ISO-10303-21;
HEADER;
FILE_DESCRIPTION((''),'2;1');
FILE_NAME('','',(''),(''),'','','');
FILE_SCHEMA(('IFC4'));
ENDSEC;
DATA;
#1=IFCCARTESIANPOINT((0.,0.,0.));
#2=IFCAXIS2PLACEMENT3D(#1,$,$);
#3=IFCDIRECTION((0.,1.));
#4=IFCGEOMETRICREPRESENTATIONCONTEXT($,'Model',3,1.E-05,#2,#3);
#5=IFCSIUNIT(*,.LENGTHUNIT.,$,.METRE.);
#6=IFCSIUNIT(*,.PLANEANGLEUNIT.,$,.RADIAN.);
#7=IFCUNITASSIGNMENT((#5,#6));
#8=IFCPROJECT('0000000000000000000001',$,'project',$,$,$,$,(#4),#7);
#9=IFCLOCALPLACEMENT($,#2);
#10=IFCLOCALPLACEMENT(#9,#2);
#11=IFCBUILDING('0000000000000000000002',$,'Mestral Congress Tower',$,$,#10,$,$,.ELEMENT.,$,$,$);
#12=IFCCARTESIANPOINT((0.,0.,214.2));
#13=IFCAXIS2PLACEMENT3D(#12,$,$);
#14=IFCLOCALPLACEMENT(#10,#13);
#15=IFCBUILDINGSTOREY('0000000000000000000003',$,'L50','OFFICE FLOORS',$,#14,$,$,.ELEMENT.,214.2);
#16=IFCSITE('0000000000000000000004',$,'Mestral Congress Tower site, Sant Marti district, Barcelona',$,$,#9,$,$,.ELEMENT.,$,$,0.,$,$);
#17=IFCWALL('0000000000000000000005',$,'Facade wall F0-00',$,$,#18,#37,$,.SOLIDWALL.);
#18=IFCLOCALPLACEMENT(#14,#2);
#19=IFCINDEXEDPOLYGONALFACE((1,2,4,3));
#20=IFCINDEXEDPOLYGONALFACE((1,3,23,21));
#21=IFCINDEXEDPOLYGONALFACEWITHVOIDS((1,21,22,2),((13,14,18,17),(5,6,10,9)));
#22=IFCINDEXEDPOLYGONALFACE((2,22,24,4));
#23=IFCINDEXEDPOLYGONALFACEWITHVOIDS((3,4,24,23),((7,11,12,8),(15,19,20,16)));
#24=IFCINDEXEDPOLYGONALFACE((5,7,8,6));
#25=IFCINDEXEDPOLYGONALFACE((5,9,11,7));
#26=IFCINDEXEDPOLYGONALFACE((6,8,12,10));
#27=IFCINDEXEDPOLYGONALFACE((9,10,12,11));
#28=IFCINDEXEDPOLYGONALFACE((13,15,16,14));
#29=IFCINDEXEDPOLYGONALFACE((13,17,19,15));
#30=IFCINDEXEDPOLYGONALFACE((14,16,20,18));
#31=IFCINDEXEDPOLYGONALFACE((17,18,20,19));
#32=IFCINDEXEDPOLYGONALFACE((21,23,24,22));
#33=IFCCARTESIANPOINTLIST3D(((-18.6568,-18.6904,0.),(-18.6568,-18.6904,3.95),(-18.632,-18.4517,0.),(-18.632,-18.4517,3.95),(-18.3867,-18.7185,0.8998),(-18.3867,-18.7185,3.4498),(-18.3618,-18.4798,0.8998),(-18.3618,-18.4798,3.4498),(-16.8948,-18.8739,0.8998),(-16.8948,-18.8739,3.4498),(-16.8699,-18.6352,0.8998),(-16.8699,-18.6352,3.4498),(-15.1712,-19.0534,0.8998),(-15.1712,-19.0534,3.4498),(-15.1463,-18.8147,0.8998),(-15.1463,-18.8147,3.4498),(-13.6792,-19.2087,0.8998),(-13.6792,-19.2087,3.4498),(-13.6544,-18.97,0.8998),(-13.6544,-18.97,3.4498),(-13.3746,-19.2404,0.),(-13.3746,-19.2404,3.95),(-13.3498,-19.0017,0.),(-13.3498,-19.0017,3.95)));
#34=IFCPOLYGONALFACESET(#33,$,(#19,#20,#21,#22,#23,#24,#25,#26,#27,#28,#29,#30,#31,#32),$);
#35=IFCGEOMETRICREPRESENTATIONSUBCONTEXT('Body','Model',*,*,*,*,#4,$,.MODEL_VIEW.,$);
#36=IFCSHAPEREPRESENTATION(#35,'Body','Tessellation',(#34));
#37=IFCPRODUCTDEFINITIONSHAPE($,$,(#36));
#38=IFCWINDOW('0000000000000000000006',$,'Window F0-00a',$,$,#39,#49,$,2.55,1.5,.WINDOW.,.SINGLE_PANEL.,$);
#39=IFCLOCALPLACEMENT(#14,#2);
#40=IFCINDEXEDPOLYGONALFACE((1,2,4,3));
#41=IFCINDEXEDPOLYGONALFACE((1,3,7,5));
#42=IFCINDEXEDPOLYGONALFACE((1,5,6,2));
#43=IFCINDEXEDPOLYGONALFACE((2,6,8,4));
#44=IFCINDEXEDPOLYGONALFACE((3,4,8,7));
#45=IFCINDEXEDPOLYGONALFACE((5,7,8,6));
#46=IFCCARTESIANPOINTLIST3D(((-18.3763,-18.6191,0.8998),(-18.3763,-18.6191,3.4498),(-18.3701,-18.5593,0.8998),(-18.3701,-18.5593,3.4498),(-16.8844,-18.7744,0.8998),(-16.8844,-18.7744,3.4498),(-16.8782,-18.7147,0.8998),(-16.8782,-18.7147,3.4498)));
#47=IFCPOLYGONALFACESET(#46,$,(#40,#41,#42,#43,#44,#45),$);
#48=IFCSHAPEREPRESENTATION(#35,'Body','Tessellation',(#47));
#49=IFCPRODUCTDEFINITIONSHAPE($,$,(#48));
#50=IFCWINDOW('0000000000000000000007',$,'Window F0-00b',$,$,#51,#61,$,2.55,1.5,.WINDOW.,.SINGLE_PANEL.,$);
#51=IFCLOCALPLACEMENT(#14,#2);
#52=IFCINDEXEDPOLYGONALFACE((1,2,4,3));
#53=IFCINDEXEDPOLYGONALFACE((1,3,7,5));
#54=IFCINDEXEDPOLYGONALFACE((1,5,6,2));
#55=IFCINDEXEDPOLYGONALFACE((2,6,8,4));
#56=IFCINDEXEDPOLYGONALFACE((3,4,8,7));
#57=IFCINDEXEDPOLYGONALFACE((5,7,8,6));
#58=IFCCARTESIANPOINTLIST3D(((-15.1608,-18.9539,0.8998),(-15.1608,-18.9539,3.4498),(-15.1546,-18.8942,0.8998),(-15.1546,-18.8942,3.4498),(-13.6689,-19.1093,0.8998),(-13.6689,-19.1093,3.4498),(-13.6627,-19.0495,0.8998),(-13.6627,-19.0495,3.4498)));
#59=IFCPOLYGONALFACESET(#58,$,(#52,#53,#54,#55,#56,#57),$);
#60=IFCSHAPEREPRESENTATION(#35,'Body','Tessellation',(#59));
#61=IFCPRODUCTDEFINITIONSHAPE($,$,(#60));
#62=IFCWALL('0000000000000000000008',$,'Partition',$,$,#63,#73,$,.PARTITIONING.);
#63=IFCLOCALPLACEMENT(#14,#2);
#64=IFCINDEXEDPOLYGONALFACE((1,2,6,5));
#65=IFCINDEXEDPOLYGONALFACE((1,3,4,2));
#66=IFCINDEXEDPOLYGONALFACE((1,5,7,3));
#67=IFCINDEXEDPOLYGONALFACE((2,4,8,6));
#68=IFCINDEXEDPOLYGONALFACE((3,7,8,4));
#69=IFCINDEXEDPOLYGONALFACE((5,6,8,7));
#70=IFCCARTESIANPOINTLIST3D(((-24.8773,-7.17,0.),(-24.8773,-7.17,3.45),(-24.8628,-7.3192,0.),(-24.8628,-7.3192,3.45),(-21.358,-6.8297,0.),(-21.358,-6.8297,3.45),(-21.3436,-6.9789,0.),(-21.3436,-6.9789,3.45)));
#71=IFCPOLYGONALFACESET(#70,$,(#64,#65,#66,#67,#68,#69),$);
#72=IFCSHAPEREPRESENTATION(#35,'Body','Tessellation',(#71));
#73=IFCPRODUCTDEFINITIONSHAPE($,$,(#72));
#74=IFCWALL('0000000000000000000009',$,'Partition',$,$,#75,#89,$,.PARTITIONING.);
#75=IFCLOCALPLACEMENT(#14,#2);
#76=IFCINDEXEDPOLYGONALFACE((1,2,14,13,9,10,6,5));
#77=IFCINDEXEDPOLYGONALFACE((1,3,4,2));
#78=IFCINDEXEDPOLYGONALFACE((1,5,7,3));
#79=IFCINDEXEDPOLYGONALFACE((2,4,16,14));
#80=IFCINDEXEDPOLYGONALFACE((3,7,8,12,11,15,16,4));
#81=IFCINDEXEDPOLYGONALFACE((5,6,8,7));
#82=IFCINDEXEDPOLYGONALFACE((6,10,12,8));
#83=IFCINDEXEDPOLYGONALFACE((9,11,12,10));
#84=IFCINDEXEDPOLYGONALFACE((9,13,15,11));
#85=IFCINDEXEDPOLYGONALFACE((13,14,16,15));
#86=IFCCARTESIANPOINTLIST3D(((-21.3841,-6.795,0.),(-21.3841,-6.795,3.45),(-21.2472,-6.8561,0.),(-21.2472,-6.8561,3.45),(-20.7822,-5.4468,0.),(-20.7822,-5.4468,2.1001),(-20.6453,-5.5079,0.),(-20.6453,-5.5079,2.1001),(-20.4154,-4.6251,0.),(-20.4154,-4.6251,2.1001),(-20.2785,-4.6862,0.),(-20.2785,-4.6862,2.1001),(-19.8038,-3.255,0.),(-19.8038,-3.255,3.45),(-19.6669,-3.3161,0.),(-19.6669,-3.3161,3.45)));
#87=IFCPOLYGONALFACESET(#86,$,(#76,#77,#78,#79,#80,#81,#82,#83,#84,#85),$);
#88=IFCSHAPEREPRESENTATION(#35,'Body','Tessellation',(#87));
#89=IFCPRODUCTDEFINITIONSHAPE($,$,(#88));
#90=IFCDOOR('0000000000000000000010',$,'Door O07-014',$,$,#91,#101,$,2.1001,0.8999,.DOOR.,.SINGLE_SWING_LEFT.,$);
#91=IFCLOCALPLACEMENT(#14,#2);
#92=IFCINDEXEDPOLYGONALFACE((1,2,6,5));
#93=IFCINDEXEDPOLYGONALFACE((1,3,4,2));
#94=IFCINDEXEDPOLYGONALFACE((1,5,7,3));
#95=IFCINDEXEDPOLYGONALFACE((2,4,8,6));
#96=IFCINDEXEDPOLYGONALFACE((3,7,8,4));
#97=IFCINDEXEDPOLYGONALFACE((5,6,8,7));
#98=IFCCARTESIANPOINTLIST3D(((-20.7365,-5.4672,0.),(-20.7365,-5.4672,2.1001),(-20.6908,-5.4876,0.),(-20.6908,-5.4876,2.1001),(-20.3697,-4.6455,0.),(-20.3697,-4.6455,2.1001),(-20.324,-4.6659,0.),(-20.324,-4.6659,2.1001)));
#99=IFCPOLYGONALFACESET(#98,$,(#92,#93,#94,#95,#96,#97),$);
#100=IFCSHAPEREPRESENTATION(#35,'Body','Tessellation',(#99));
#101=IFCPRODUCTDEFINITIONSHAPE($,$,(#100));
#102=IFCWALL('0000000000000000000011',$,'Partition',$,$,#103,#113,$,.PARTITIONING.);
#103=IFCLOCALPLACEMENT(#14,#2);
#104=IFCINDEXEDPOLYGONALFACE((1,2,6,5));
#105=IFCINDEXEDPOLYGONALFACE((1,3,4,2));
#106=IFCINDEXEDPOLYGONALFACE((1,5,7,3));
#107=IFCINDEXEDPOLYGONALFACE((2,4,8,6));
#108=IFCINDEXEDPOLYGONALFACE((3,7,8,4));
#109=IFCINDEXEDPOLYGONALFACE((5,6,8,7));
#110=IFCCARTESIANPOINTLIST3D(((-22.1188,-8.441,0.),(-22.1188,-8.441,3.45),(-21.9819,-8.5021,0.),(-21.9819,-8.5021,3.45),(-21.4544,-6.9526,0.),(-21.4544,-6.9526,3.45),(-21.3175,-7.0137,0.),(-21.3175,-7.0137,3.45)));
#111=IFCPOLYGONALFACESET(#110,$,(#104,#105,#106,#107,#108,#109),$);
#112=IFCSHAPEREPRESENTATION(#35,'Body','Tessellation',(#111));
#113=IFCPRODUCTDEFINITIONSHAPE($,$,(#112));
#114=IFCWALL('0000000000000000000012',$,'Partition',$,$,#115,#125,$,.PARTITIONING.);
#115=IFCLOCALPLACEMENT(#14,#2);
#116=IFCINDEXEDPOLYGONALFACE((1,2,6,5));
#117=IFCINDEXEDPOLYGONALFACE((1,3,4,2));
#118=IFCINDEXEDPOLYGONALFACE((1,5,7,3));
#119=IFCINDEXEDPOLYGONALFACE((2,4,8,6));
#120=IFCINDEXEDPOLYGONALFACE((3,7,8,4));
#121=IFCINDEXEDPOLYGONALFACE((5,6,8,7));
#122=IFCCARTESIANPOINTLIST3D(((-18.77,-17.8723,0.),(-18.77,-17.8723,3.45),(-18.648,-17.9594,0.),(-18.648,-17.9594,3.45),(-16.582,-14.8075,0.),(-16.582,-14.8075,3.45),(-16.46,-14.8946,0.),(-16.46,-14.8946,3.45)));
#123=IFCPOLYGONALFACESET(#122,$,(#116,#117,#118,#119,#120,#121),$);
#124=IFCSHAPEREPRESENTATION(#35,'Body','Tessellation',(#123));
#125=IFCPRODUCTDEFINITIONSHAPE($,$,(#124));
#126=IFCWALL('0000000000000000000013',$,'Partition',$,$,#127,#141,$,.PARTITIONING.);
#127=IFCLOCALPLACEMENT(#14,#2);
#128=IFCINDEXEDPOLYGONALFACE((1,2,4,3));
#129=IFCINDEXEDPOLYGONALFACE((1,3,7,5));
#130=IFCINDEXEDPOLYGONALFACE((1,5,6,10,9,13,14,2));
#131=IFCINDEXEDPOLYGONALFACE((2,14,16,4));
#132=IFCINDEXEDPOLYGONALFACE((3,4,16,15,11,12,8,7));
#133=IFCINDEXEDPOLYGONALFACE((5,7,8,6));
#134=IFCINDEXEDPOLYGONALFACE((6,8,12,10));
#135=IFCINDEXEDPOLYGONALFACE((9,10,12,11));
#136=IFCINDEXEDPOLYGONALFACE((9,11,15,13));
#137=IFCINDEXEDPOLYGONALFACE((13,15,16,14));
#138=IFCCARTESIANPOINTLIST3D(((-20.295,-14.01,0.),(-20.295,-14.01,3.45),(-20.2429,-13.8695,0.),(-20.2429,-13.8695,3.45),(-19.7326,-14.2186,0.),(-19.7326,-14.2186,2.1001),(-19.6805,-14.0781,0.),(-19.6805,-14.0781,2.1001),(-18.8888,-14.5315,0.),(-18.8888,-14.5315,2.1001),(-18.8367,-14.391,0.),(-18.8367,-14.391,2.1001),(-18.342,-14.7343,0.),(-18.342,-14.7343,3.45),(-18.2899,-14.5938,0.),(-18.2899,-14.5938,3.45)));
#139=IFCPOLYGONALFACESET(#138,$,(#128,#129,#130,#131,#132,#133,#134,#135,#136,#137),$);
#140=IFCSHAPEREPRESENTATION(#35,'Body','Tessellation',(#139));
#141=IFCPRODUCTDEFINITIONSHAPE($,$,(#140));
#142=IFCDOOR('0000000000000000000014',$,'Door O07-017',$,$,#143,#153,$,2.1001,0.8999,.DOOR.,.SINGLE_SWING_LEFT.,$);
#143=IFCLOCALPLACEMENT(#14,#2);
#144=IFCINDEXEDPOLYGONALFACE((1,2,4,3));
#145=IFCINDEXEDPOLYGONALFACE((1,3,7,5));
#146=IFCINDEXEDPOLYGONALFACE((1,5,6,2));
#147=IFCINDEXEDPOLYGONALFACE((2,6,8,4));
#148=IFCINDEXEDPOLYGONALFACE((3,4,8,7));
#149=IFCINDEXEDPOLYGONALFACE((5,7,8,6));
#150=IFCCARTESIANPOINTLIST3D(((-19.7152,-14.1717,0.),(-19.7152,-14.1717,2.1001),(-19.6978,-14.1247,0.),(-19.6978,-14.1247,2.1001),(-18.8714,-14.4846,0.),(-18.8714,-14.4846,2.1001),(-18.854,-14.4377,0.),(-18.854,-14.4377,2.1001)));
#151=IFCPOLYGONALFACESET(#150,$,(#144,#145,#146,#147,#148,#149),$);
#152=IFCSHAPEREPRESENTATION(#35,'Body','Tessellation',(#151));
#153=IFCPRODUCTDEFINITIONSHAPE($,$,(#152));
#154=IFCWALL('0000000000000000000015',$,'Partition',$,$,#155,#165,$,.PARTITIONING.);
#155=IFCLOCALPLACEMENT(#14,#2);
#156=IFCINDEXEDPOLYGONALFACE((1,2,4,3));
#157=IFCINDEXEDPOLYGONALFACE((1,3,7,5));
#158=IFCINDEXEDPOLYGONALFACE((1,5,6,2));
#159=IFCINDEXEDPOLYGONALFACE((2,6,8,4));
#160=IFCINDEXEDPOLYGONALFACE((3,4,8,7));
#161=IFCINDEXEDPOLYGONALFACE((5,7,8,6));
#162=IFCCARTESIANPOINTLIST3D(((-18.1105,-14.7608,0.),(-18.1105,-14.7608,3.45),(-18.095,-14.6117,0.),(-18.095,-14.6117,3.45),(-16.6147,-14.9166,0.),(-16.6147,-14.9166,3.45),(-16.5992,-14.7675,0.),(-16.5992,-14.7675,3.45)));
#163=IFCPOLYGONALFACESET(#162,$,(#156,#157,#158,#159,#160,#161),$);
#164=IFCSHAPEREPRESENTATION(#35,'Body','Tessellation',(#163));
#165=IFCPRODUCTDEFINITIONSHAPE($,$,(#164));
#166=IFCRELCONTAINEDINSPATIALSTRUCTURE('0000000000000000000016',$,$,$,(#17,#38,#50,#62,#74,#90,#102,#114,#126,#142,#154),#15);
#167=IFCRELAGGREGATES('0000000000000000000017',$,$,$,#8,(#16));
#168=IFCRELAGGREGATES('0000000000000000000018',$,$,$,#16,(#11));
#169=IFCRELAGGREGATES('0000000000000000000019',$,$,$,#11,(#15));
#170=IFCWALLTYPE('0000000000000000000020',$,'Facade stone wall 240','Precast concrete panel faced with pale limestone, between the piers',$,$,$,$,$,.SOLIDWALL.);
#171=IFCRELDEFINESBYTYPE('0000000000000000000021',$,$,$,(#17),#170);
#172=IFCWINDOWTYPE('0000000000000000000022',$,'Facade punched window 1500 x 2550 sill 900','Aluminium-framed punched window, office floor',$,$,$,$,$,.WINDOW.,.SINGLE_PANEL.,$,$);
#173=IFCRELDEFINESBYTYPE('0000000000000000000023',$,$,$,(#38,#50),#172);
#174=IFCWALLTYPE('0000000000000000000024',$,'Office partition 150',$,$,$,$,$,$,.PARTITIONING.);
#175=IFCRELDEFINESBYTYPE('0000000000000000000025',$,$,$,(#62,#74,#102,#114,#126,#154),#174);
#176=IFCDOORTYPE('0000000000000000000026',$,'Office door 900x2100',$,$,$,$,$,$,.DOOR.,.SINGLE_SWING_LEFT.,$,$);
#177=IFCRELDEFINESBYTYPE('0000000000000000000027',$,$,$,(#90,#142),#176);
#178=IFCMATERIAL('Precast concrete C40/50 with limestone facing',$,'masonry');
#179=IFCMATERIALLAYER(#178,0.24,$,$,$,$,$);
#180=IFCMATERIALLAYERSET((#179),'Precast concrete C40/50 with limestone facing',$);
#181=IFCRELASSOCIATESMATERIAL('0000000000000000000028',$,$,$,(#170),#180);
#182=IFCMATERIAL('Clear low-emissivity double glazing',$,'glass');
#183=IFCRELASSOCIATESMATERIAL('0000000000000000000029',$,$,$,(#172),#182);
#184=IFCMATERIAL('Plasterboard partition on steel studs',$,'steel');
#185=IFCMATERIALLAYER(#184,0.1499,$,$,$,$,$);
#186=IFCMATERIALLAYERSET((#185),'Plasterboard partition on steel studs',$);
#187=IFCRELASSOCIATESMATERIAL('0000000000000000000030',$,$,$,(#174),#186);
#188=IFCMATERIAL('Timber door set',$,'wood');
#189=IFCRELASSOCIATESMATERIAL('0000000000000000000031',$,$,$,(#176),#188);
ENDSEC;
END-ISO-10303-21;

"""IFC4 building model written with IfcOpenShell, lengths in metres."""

from ifc_helpers import new_model, si_unit, direction, frame, frame_2d, origin, place, context, subcontext, project, spatial, rectangle, extrude, material, layer, layer_set, type_object, element, fill, save


model = new_model("IFC4")

# Units and contexts
model_context = context("Model", 3, precision=1e-05, world=origin(), true_north=direction((0.0, 1.0)))
body_context = subcontext(model_context, "Body", "Model", "MODEL_VIEW")
ifc_project = project(units=[si_unit("LENGTHUNIT", "METRE"), si_unit("PLANEANGLEUNIT", "RADIAN")], contexts=[model_context])

# Site, building, storey
site_placement = place(None, origin())
site = spatial("IfcSite", under=ifc_project, at=site_placement, Name="Mestral Congress Tower site, Sant Marti district, Barcelona", CompositionType="ELEMENT", RefElevation=0.0)
building_placement = place(site_placement, origin())
building = spatial("IfcBuilding", under=site, at=building_placement, Name="Mestral Congress Tower", CompositionType="ELEMENT")
storey_placement = place(building_placement, frame((0.0, 0.0, 214.2)))
storey = spatial("IfcBuildingStorey", under=building, at=storey_placement, Name="L50", Description="OFFICE FLOORS", CompositionType="ELEMENT", Elevation=214.2)

# Wall, openings, windows
ifc_material_1 = material(Name="Precast concrete C40/50 with limestone facing", Category="masonry")
ifc_layer_1 = layer(ifc_material_1, 0.24)
ifc_layer_set_1 = layer_set([ifc_layer_1], Name="Precast concrete C40/50 with limestone facing")
wall_type_1 = type_object("IfcWallType", Name="Facade stone wall 240", Description="Precast concrete panel faced with pale limestone, between the piers", PredefinedType="SOLIDWALL", material=ifc_layer_set_1)
wall_1_placement = place(storey_placement, frame((-18.6443, -18.571, 0.0), z_axis=(0.0, 0.0, 1.0), x_axis=(0.994622, -0.103572, 0.0)))
wall_1 = element("IfcWall", 1, at=wall_1_placement, inside=storey, type_object=wall_type_1, Name="Facade wall F0-00", PredefinedType="SOLIDWALL", context=body_context, shape_type="SweptSolid", body=[
    extrude(rectangle(XDim=5.3108, YDim=0.24, at=frame_2d((2.6553, 0.0))), origin(), (0.0, 0.0, 1.0), 3.95),
])
opening_1_placement = place(wall_1_placement, frame((0.2715, 0.0, 0.8999)))
opening_1 = element("IfcOpeningElement", 2, at=opening_1_placement, cuts=wall_1, PredefinedType="OPENING", context=body_context, shape_type="SweptSolid", body=[
    extrude(rectangle(XDim=1.5, YDim=2.55, at=frame_2d((0.75, 1.2749))), frame((0.0, 0.1299, 0.0), z_axis=(0.0, -1.0, 0.0), x_axis=(1.0, 0.0, 0.0)), (0.0, 0.0, 1.0), 0.26),
])
opening_2_placement = place(wall_1_placement, frame((3.5044, 0.0, 0.8999)))
opening_2 = element("IfcOpeningElement", 3, at=opening_2_placement, cuts=wall_1, PredefinedType="OPENING", context=body_context, shape_type="SweptSolid", body=[
    extrude(rectangle(XDim=1.5, YDim=2.55, at=frame_2d((0.75, 1.2749))), frame((0.0, 0.1299, 0.0), z_axis=(0.0, -1.0, 0.0), x_axis=(1.0, 0.0, 0.0)), (0.0, 0.0, 1.0), 0.26),
])
ifc_material_2 = material(Name="Clear low-emissivity double glazing", Category="glass")
window_type = type_object("IfcWindowType", Name="Facade punched window 1500 x 2550 sill 900", Description="Aluminium-framed punched window, office floor", PartitioningType="SINGLE_PANEL", PredefinedType="WINDOW", material=ifc_material_2)
window_1_placement = place(opening_1_placement, origin())
window_1 = element("IfcWindow", 4, at=window_1_placement, inside=storey, type_object=window_type, Name="Window F0-00a", OverallHeight=2.55, OverallWidth=1.5, PartitioningType="SINGLE_PANEL", PredefinedType="WINDOW", context=body_context, shape_type="SweptSolid", body=[
    extrude(rectangle(XDim=1.5, YDim=2.55, at=frame_2d((0.75, 1.2749))), frame((0.0, 0.04, 0.0), z_axis=(0.0, -1.0, 0.0), x_axis=(1.0, 0.0, 0.0)), (0.0, 0.0, 1.0), 0.0601),
])
fill(opening_1, window_1)
window_2_placement = place(opening_2_placement, origin())
window_2 = element("IfcWindow", 5, at=window_2_placement, inside=storey, type_object=window_type, Name="Window F0-00b", OverallHeight=2.55, OverallWidth=1.5, PartitioningType="SINGLE_PANEL", PredefinedType="WINDOW", context=body_context, shape_type="SweptSolid", body=[
    extrude(rectangle(XDim=1.5, YDim=2.55, at=frame_2d((0.75, 1.2749))), frame((0.0, 0.04, 0.0), z_axis=(0.0, -1.0, 0.0), x_axis=(1.0, 0.0, 0.0)), (0.0, 0.0, 1.0), 0.0601),
])
fill(opening_2, window_2)

# Wall
ifc_material_3 = material(Name="Plasterboard partition on steel studs", Category="steel")
ifc_layer_2 = layer(ifc_material_3, 0.1499)
ifc_layer_set_2 = layer_set([ifc_layer_2], Name="Plasterboard partition on steel studs")
wall_type_2 = type_object("IfcWallType", Name="Office partition 150", PredefinedType="PARTITIONING", material=ifc_layer_set_2)
wall_2_placement = place(storey_placement, frame((-21.3508, -6.9043, 0.0), z_axis=(0.0, 0.0, 1.0), x_axis=(-0.995357, -0.096256, 0.0)))
element("IfcWall", 6, at=wall_2_placement, inside=storey, type_object=wall_type_2, Name="Partition", PredefinedType="PARTITIONING", context=body_context, shape_type="SweptSolid", body=[
    extrude(rectangle(XDim=3.5356, YDim=0.1499, at=frame_2d((1.7678, 0.0))), origin(), (0.0, 0.0, 1.0), 3.45),
])

# Wall, opening, door
wall_3_placement = place(storey_placement, frame((-21.3157, -6.8257, 0.0), z_axis=(0.0, 0.0, 1.0), x_axis=(0.40764, 0.913143, 0.0)))
wall_3 = element("IfcWall", 7, at=wall_3_placement, inside=storey, type_object=wall_type_2, Name="Partition", PredefinedType="PARTITIONING", context=body_context, shape_type="SweptSolid", body=[
    extrude(rectangle(XDim=3.8767, YDim=0.1499, at=frame_2d((1.9385, 0.0))), origin(), (0.0, 0.0, 1.0), 3.45),
])
opening_3_placement = place(wall_3_placement, frame((1.4766, 0.0, 0.0)))
opening_3 = element("IfcOpeningElement", 8, at=opening_3_placement, cuts=wall_3, PredefinedType="OPENING", context=body_context, shape_type="SweptSolid", body=[
    extrude(rectangle(XDim=0.8999, YDim=2.1001, at=frame_2d((0.45, 1.05))), frame((0.0, 0.085, 0.0), z_axis=(0.0, -1.0, 0.0), x_axis=(1.0, 0.0, 0.0)), (0.0, 0.0, 1.0), 0.1699),
])
ifc_material_4 = material(Name="Timber door set", Category="wood")
door_type_1 = type_object("IfcDoorType", Name="Office door 900x2100", OperationType="SINGLE_SWING_LEFT", PredefinedType="DOOR", material=ifc_material_4)
door_1_placement = place(opening_3_placement, origin())
door_1 = element("IfcDoor", 9, at=door_1_placement, inside=storey, type_object=door_type_1, Name="Door O07-014", OperationType="SINGLE_SWING_LEFT", OverallHeight=2.1001, OverallWidth=0.8999, PredefinedType="DOOR", context=body_context, shape_type="SweptSolid", body=[
    extrude(rectangle(XDim=0.8999, YDim=2.1001, at=frame_2d((0.45, 1.05))), frame((0.0, 0.0249, 0.0), z_axis=(0.0, -1.0, 0.0), x_axis=(1.0, 0.0, 0.0)), (0.0, 0.0, 1.0), 0.05),
])
fill(opening_3, door_1)

# Walls
wall_4_placement = place(storey_placement, frame((-21.386, -6.9832, 0.0), z_axis=(0.0, 0.0, 1.0), x_axis=(-0.407597, -0.913162, 0.0)))
element("IfcWall", 10, at=wall_4_placement, inside=storey, type_object=wall_type_2, Name="Partition", PredefinedType="PARTITIONING", context=body_context, shape_type="SweptSolid", body=[
    extrude(rectangle(XDim=1.6299, YDim=0.1499, at=frame_2d((0.8149, 0.0))), origin(), (0.0, 0.0, 1.0), 3.45),
])
wall_5_placement = place(storey_placement, frame((-16.521, -14.8511, 0.0), z_axis=(0.0, 0.0, 1.0), x_axis=(-0.581048, -0.813869, 0.0)))
element("IfcWall", 11, at=wall_5_placement, inside=storey, type_object=wall_type_2, Name="Partition", PredefinedType="PARTITIONING", context=body_context, shape_type="SweptSolid", body=[
    extrude(rectangle(XDim=3.7656, YDim=0.1499, at=frame_2d((1.8828, 0.0))), origin(), (0.0, 0.0, 1.0), 3.45),
])

# Wall, opening, door
wall_6_placement = place(storey_placement, frame((-18.3159, -14.6641, 0.0), z_axis=(0.0, 0.0, 1.0), x_axis=(-0.937595, 0.34773, 0.0)))
wall_6 = element("IfcWall", 12, at=wall_6_placement, inside=storey, type_object=wall_type_2, Name="Partition", PredefinedType="PARTITIONING", context=body_context, shape_type="SweptSolid", body=[
    extrude(rectangle(XDim=2.083, YDim=0.1499, at=frame_2d((1.0415, 0.0))), origin(), (0.0, 0.0, 1.0), 3.45),
])
opening_4_placement = place(wall_6_placement, frame((0.5833, 0.0, 0.0)))
opening_4 = element("IfcOpeningElement", 13, at=opening_4_placement, cuts=wall_6, PredefinedType="OPENING", context=body_context, shape_type="SweptSolid", body=[
    extrude(rectangle(XDim=0.8999, YDim=2.1001, at=frame_2d((0.45, 1.05))), frame((0.0, 0.085, 0.0), z_axis=(0.0, -1.0, 0.0), x_axis=(1.0, 0.0, 0.0)), (0.0, 0.0, 1.0), 0.1699),
])
door_2_placement = place(opening_4_placement, origin())
door_2 = element("IfcDoor", 14, at=door_2_placement, inside=storey, type_object=door_type_1, Name="Door O07-017", OperationType="SINGLE_SWING_LEFT", OverallHeight=2.1001, OverallWidth=0.8999, PredefinedType="DOOR", context=body_context, shape_type="SweptSolid", body=[
    extrude(rectangle(XDim=0.8999, YDim=2.1001, at=frame_2d((0.45, 1.05))), frame((0.0, 0.0249, 0.0), z_axis=(0.0, -1.0, 0.0), x_axis=(1.0, 0.0, 0.0)), (0.0, 0.0, 1.0), 0.05),
])
fill(opening_4, door_2)

# Wall
wall_7_placement = place(storey_placement, frame((-18.1028, -14.6863, 0.0), z_axis=(0.0, 0.0, 1.0), x_axis=(0.994622, -0.103569, 0.0)))
element("IfcWall", 15, at=wall_7_placement, inside=storey, type_object=wall_type_2, Name="Partition", PredefinedType="PARTITIONING", context=body_context, shape_type="SweptSolid", body=[
    extrude(rectangle(XDim=1.5039, YDim=0.1499, at=frame_2d((0.752, 0.0))), origin(), (0.0, 0.0, 1.0), 3.45),
])

save(model, "model.ifc")
